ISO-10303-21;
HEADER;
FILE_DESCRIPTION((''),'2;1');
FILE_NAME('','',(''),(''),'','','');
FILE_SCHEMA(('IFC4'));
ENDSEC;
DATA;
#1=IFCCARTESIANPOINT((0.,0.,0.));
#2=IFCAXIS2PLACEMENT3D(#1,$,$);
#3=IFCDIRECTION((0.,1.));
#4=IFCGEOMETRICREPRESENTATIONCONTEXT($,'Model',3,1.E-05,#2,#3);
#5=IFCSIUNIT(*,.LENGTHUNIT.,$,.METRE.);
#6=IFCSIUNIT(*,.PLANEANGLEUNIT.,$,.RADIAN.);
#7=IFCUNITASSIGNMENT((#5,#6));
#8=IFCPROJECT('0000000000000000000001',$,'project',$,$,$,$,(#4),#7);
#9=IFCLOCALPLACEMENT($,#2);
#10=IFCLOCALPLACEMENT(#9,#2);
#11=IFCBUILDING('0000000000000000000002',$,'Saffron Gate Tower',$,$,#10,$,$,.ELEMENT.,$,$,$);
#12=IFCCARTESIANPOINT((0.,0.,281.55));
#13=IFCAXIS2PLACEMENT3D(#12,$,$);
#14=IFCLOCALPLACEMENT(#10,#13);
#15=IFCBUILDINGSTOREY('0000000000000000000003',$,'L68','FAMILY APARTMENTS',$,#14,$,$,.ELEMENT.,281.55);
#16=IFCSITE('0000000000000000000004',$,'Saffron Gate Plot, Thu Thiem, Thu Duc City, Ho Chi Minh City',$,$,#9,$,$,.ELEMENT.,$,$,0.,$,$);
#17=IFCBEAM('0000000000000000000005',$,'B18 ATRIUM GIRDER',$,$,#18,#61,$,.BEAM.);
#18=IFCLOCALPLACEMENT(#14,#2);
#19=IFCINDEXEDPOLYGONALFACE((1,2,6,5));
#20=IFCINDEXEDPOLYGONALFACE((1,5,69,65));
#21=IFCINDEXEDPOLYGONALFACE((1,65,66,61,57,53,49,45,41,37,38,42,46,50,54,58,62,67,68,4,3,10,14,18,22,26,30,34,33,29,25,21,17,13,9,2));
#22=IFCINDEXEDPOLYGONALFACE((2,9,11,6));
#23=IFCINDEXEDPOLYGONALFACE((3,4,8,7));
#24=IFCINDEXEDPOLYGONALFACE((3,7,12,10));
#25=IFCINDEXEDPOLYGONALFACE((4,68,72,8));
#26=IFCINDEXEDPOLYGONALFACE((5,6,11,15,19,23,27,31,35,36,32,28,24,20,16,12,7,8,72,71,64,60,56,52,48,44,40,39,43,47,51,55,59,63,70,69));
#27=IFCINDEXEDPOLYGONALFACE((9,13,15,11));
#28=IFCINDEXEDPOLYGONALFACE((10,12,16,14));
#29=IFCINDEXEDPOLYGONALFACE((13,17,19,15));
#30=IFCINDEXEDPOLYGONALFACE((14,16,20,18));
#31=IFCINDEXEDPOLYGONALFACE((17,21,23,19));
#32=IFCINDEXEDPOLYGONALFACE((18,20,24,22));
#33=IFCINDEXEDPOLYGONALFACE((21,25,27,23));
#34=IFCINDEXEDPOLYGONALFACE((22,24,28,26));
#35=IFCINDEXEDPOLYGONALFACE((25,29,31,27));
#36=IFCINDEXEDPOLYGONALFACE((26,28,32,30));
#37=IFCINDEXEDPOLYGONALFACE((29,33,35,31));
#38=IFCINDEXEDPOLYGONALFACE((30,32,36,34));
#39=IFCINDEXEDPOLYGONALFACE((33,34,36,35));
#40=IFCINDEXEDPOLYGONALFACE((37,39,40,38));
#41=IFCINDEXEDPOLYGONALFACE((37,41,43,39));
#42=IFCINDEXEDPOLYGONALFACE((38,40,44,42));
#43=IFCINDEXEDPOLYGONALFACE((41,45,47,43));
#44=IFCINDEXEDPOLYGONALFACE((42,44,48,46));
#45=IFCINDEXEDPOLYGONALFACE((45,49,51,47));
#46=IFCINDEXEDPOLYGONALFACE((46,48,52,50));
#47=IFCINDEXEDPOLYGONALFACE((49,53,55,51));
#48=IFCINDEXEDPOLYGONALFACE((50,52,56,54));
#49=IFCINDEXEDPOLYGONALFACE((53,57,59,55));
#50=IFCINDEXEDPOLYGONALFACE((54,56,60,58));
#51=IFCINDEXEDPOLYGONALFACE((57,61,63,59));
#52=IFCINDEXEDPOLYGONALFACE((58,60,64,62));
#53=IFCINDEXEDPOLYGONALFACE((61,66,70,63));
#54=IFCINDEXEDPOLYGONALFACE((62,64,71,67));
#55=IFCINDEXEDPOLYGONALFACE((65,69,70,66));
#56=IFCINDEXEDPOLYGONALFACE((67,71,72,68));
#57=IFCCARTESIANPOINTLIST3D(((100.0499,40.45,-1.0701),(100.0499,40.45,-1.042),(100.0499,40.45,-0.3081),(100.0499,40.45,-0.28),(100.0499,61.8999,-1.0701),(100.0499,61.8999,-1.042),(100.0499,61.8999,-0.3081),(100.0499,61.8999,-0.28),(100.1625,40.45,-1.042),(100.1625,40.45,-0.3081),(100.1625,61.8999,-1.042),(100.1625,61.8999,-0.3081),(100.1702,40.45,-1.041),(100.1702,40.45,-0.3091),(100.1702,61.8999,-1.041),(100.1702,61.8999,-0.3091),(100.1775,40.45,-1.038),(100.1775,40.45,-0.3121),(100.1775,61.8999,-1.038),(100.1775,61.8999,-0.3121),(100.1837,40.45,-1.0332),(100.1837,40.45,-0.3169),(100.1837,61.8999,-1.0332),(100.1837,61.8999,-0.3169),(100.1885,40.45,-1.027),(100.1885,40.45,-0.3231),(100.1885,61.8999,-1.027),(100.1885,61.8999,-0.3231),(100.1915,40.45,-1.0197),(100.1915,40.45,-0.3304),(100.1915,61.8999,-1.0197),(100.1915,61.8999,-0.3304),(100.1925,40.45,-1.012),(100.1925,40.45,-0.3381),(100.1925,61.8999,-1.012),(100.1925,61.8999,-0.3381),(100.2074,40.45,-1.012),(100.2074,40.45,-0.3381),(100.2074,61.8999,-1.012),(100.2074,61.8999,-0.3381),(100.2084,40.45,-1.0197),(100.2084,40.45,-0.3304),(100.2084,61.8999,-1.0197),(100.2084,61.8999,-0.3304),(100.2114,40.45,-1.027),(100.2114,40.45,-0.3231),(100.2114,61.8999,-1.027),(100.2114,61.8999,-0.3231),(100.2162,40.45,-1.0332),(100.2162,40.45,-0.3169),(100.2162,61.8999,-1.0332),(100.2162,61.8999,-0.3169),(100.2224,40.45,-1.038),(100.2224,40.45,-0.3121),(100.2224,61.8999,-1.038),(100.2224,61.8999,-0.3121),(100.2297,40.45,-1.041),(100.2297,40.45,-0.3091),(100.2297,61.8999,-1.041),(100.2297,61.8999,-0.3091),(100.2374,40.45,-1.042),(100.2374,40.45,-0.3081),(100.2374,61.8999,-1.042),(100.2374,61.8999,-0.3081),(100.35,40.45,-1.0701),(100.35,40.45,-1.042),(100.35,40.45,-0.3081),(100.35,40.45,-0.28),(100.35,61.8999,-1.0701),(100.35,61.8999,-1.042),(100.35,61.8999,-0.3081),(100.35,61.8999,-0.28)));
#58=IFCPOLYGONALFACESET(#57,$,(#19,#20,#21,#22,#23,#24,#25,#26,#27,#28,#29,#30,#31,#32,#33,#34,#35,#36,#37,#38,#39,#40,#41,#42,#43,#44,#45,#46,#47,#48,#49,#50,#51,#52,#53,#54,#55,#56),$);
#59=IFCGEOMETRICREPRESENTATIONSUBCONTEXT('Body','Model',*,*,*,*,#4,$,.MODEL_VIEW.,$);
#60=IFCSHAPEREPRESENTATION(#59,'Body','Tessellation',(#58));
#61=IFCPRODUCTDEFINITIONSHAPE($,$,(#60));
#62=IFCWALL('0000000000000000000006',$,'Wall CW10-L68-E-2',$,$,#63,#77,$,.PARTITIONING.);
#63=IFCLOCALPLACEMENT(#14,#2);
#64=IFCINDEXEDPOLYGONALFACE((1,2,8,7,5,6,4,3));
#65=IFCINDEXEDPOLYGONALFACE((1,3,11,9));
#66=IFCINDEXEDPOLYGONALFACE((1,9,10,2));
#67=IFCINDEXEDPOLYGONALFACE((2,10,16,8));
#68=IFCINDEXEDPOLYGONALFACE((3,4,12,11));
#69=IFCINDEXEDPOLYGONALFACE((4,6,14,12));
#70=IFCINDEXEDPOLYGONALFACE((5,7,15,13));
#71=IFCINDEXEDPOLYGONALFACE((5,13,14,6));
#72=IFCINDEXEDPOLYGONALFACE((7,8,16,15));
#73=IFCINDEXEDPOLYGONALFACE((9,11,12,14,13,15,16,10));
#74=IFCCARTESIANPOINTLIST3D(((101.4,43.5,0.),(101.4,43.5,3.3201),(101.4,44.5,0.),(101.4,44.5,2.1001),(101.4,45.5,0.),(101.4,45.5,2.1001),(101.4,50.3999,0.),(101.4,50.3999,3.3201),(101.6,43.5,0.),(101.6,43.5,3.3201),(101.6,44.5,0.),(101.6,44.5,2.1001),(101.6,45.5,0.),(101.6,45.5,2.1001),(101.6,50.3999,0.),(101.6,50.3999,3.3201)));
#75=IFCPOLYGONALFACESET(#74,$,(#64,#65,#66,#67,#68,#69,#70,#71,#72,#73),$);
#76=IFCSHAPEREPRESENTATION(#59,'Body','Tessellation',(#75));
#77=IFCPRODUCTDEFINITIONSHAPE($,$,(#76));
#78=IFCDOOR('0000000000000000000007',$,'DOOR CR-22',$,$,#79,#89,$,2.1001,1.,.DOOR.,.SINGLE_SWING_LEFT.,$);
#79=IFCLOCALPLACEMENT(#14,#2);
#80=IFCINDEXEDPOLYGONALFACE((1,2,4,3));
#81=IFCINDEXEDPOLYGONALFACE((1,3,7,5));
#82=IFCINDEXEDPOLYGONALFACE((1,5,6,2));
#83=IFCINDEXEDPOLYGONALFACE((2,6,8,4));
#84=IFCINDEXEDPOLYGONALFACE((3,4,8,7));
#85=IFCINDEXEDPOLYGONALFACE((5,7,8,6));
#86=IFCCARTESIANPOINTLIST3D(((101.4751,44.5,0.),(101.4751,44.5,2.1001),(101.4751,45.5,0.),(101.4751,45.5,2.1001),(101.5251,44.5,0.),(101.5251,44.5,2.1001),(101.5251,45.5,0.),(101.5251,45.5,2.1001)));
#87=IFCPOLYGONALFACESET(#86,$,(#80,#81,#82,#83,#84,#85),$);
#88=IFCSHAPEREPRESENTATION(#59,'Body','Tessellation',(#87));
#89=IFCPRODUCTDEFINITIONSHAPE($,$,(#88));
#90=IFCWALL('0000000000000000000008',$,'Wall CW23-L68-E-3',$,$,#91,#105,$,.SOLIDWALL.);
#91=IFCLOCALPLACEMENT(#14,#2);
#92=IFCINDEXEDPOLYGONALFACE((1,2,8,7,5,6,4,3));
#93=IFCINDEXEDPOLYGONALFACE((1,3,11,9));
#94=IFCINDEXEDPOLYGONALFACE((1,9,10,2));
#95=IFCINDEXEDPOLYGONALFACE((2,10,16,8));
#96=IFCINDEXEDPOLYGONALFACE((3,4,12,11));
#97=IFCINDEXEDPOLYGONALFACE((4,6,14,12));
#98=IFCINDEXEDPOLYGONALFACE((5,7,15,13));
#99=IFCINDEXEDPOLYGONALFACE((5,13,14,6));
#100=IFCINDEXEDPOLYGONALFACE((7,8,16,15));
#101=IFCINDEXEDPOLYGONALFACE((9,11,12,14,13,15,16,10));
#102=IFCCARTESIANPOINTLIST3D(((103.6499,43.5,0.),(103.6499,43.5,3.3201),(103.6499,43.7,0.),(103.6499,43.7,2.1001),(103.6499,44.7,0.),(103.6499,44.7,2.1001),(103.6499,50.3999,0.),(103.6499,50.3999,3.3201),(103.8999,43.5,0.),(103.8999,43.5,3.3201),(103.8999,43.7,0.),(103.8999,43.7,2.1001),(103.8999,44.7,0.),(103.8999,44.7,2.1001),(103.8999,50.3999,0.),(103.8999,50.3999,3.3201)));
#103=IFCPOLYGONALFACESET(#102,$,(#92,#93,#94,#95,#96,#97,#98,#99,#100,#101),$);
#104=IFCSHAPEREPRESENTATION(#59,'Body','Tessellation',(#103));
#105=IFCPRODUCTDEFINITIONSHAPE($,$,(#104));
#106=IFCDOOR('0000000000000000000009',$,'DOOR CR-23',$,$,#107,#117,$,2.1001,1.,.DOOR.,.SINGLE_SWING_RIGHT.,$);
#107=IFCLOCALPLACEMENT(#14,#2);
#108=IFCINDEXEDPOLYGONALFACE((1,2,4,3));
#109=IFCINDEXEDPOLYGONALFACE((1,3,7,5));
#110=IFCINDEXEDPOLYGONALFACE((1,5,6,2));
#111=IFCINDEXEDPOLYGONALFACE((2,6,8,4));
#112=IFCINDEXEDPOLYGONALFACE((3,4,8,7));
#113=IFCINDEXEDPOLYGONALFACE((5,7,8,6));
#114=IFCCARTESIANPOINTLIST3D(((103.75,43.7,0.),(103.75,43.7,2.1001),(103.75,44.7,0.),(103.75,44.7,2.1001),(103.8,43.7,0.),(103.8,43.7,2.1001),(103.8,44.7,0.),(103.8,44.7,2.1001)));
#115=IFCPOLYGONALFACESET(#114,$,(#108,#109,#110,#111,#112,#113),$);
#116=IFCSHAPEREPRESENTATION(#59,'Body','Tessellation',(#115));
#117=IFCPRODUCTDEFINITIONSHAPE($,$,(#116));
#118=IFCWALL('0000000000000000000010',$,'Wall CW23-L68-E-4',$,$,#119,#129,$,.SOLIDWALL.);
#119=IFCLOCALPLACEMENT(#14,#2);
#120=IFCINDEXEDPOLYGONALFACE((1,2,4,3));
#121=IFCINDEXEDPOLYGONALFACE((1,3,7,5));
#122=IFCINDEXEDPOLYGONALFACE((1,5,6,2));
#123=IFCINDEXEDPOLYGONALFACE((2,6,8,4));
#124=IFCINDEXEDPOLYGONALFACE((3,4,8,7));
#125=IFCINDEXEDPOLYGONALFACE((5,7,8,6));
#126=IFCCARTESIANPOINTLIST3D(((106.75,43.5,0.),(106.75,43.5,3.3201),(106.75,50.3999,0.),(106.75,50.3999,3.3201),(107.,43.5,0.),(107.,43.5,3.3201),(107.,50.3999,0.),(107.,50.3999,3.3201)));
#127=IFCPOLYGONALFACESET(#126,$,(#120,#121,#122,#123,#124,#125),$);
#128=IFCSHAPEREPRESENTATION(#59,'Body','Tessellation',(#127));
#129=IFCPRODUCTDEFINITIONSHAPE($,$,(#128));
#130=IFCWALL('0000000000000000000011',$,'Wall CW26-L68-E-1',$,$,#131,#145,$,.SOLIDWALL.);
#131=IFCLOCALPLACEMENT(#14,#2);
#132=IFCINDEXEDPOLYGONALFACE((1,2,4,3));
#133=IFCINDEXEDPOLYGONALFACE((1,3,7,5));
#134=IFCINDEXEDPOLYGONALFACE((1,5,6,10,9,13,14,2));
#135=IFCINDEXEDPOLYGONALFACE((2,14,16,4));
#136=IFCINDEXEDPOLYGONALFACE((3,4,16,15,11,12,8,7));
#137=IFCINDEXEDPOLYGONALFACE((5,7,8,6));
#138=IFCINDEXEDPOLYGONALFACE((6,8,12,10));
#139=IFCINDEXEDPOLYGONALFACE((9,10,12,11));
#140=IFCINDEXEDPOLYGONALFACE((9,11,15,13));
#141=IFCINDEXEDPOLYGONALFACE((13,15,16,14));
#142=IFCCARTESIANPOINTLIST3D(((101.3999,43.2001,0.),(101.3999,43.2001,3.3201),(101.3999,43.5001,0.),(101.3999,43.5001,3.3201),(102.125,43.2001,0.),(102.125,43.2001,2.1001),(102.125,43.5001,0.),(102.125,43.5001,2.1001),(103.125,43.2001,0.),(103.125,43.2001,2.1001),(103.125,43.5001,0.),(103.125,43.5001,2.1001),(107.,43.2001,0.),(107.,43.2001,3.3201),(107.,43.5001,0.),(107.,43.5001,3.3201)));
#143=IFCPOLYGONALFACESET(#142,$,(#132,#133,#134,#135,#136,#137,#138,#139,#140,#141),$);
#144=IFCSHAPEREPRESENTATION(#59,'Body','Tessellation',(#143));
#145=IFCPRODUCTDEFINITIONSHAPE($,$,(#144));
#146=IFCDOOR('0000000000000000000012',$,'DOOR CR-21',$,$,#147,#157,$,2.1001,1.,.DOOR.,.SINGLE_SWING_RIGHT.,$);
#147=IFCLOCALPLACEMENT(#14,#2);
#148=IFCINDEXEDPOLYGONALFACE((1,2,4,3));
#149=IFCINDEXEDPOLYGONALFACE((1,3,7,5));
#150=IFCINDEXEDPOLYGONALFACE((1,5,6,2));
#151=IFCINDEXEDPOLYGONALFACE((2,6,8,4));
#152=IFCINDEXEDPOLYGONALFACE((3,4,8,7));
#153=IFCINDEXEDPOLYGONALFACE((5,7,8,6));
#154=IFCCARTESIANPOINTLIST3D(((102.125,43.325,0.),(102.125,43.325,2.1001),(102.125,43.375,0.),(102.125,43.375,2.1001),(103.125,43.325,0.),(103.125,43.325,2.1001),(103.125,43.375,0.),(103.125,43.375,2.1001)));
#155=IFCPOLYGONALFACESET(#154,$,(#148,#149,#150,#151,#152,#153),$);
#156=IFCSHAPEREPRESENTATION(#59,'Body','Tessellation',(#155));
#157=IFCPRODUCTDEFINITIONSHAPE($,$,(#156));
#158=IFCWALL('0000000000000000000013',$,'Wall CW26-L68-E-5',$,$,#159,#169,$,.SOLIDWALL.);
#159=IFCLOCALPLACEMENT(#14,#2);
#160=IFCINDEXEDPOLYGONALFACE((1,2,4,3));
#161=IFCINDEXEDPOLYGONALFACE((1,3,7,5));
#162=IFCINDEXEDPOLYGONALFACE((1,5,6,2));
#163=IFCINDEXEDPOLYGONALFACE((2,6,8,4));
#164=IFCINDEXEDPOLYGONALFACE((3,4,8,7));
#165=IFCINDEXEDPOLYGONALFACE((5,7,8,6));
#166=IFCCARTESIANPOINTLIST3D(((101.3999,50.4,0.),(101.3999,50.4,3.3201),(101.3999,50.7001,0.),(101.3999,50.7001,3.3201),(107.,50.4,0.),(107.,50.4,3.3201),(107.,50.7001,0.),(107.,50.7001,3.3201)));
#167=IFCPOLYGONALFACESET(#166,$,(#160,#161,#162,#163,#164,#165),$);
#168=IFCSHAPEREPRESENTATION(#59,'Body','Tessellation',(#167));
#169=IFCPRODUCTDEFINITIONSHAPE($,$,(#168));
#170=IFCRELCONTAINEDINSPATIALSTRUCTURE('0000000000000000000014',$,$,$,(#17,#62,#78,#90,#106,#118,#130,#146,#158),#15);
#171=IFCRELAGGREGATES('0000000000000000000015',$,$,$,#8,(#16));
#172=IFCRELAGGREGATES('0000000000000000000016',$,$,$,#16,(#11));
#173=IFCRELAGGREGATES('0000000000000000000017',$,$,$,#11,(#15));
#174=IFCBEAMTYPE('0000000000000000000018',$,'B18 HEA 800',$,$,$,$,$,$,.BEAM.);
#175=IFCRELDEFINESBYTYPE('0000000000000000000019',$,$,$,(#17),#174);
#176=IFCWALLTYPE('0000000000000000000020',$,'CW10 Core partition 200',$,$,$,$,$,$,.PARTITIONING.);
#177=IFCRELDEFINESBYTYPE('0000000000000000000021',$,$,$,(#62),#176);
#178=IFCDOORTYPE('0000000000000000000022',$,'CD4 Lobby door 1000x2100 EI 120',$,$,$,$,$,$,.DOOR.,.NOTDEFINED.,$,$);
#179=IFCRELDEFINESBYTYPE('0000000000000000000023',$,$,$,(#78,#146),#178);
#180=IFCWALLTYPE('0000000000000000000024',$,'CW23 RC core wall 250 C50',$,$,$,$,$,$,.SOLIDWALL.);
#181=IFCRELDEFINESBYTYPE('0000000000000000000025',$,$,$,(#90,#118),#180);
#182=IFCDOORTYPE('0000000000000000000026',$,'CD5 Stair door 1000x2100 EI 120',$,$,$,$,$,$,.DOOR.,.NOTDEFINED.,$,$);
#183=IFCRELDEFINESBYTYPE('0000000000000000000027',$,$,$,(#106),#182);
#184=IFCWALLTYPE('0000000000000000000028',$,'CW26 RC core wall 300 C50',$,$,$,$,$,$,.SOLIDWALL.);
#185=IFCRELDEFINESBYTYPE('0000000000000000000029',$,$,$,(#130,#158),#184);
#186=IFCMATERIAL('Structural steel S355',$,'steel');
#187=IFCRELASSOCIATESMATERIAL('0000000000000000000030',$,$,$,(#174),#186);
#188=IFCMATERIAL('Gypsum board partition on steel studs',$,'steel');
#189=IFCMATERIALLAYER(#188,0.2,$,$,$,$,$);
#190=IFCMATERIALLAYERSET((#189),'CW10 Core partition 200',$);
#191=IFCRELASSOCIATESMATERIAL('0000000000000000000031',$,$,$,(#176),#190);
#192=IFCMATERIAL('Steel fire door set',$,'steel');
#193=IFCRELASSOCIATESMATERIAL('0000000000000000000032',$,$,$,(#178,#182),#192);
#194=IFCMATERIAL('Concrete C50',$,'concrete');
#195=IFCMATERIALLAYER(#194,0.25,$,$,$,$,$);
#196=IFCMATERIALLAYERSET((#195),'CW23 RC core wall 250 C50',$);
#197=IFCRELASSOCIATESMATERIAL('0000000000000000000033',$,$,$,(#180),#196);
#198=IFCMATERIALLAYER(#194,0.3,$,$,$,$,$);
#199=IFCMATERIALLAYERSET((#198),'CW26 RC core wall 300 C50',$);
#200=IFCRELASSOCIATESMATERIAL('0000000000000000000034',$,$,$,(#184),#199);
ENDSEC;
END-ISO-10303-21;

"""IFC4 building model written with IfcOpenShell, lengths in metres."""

from ifc_helpers import new_model, si_unit, direction, frame, frame_2d, origin, origin_2d, place, context, subcontext, project, spatial, rectangle, i_section, extrude, material, layer, layer_set, material_profile, profile_set, type_object, element, fill, save


model = new_model("IFC4")

# Units and contexts
model_context = context("Model", 3, precision=1e-05, world=origin(), true_north=direction((0.0, 1.0)))
body_context = subcontext(model_context, "Body", "Model", "MODEL_VIEW")
ifc_project = project(units=[si_unit("LENGTHUNIT", "METRE"), si_unit("PLANEANGLEUNIT", "RADIAN")], contexts=[model_context])

# Site, building, storey
site_placement = place(None, origin())
site = spatial("IfcSite", under=ifc_project, at=site_placement, Name="Saffron Gate Plot, Thu Thiem, Thu Duc City, Ho Chi Minh City", CompositionType="ELEMENT", RefElevation=0.0)
building_placement = place(site_placement, origin())
building = spatial("IfcBuilding", under=site, at=building_placement, Name="Saffron Gate Tower", CompositionType="ELEMENT")
storey_placement = place(building_placement, frame((0.0, 0.0, 281.55)))
storey = spatial("IfcBuildingStorey", under=building, at=storey_placement, Name="L68", Description="FAMILY APARTMENTS", CompositionType="ELEMENT", Elevation=281.55)

# Beam
ifc_material_1 = material(Name="Structural steel S355", Category="steel")
ifc_material_profile = material_profile(ifc_material_1, i_section(OverallWidth=0.3, OverallDepth=0.79, WebThickness=0.0149, FlangeThickness=0.0281, FilletRadius=0.03, at=origin_2d()))
ifc_profile_set = profile_set([ifc_material_profile], Name="Structural steel S355")
beam_type = type_object("IfcBeamType", Name="B18 HEA 800", PredefinedType="BEAM", material=ifc_profile_set)
beam_placement = place(storey_placement, frame((100.2, 40.45, -0.675), z_axis=(0.0, 1.0, 0.0), x_axis=(-1.0, 0.0, 0.0)))
element("IfcBeam", 1, at=beam_placement, inside=storey, type_object=beam_type, Name="B18 ATRIUM GIRDER", PredefinedType="BEAM", context=body_context, shape_type="SweptSolid", body=[
    extrude(i_section(OverallWidth=0.3, OverallDepth=0.79, WebThickness=0.0149, FlangeThickness=0.0281, FilletRadius=0.03, at=origin_2d()), origin(), (0.0, 0.0, 1.0), 21.45),
])

# Walls, openings, doors
ifc_material_2 = material(Name="Gypsum board partition on steel studs", Category="steel")
ifc_layer_1 = layer(ifc_material_2, 0.2)
ifc_layer_set_1 = layer_set([ifc_layer_1], Name="CW10 Core partition 200")
wall_type_1 = type_object("IfcWallType", Name="CW10 Core partition 200", PredefinedType="PARTITIONING", material=ifc_layer_set_1)
wall_1_placement = place(storey_placement, frame((101.5, 43.5, 0.0), z_axis=(0.0, 0.0, 1.0), x_axis=(0.0, 1.0, 0.0)))
wall_1 = element("IfcWall", 2, at=wall_1_placement, inside=storey, type_object=wall_type_1, Name="Wall CW10-L68-E-2", PredefinedType="PARTITIONING", context=body_context, shape_type="SweptSolid", body=[
    extrude(rectangle(XDim=6.8999, YDim=0.2, at=frame_2d((3.45, 0.0))), origin(), (0.0, 0.0, 1.0), 3.3201),
])
opening_1_placement = place(wall_1_placement, frame((1.0, 0.0, 0.0)))
opening_1 = element("IfcOpeningElement", 3, at=opening_1_placement, cuts=wall_1, PredefinedType="OPENING", context=body_context, shape_type="SweptSolid", body=[
    extrude(rectangle(XDim=1.0, YDim=2.1001, at=frame_2d((0.5, 1.05))), frame((0.0, 0.1099, 0.0), z_axis=(0.0, -1.0, 0.0), x_axis=(1.0, 0.0, 0.0)), (0.0, 0.0, 1.0), 0.22),
])
ifc_material_3 = material(Name="Steel fire door set", Category="steel")
door_type_1 = type_object("IfcDoorType", Name="CD4 Lobby door 1000x2100 EI 120", OperationType="NOTDEFINED", PredefinedType="DOOR", material=ifc_material_3)
door_1_placement = place(opening_1_placement, origin())
door_1 = element("IfcDoor", 4, at=door_1_placement, inside=storey, type_object=door_type_1, Name="DOOR CR-22", OperationType="SINGLE_SWING_LEFT", OverallHeight=2.1001, OverallWidth=1.0, PredefinedType="DOOR", context=body_context, shape_type="SweptSolid", body=[
    extrude(rectangle(XDim=1.0, YDim=2.1001, at=frame_2d((0.5, 1.05))), frame((0.0, 0.0249, 0.0), z_axis=(0.0, -1.0, 0.0), x_axis=(1.0, 0.0, 0.0)), (0.0, 0.0, 1.0), 0.05),
])
fill(opening_1, door_1)
ifc_material_4 = material(Name="Concrete C50", Category="concrete")
ifc_layer_2 = layer(ifc_material_4, 0.25)
ifc_layer_set_2 = layer_set([ifc_layer_2], Name="CW23 RC core wall 250 C50")
wall_type_2 = type_object("IfcWallType", Name="CW23 RC core wall 250 C50", PredefinedType="SOLIDWALL", material=ifc_layer_set_2)
wall_2_placement = place(storey_placement, frame((103.7749, 43.5, 0.0), z_axis=(0.0, 0.0, 1.0), x_axis=(0.0, 1.0, 0.0)))
wall_2 = element("IfcWall", 5, at=wall_2_placement, inside=storey, type_object=wall_type_2, Name="Wall CW23-L68-E-3", PredefinedType="SOLIDWALL", context=body_context, shape_type="SweptSolid", body=[
    extrude(rectangle(XDim=6.8999, YDim=0.25, at=frame_2d((3.45, 0.0))), origin(), (0.0, 0.0, 1.0), 3.3201),
])
opening_2_placement = place(wall_2_placement, frame((0.2, 0.0, 0.0)))
opening_2 = element("IfcOpeningElement", 6, at=opening_2_placement, cuts=wall_2, PredefinedType="OPENING", context=body_context, shape_type="SweptSolid", body=[
    extrude(rectangle(XDim=1.0, YDim=2.1001, at=frame_2d((0.5, 1.05))), frame((0.0, 0.135, 0.0), z_axis=(0.0, -1.0, 0.0), x_axis=(1.0, 0.0, 0.0)), (0.0, 0.0, 1.0), 0.27),
])
door_type_2 = type_object("IfcDoorType", Name="CD5 Stair door 1000x2100 EI 120", OperationType="NOTDEFINED", PredefinedType="DOOR", material=ifc_material_3)
door_2_placement = place(opening_2_placement, origin())
door_2 = element("IfcDoor", 7, at=door_2_placement, inside=storey, type_object=door_type_2, Name="DOOR CR-23", OperationType="SINGLE_SWING_RIGHT", OverallHeight=2.1001, OverallWidth=1.0, PredefinedType="DOOR", context=body_context, shape_type="SweptSolid", body=[
    extrude(rectangle(XDim=1.0, YDim=2.1001, at=frame_2d((0.5, 1.05))), frame((0.0, 0.0249, 0.0), z_axis=(0.0, -1.0, 0.0), x_axis=(1.0, 0.0, 0.0)), (0.0, 0.0, 1.0), 0.05),
])
fill(opening_2, door_2)

# Wall
wall_3_placement = place(storey_placement, frame((106.875, 43.5, 0.0), z_axis=(0.0, 0.0, 1.0), x_axis=(0.0, 1.0, 0.0)))
element("IfcWall", 8, at=wall_3_placement, inside=storey, type_object=wall_type_2, Name="Wall CW23-L68-E-4", PredefinedType="SOLIDWALL", context=body_context, shape_type="SweptSolid", body=[
    extrude(rectangle(XDim=6.8999, YDim=0.25, at=frame_2d((3.45, 0.0))), origin(), (0.0, 0.0, 1.0), 3.3201),
])

# Wall, opening, door
ifc_layer_3 = layer(ifc_material_4, 0.3)
ifc_layer_set_3 = layer_set([ifc_layer_3], Name="CW26 RC core wall 300 C50")
wall_type_3 = type_object("IfcWallType", Name="CW26 RC core wall 300 C50", PredefinedType="SOLIDWALL", material=ifc_layer_set_3)
wall_4_placement = place(storey_placement, frame((101.3999, 43.3501, 0.0), z_axis=(0.0, 0.0, 1.0), x_axis=(1.0, 0.0, 0.0)))
wall_4 = element("IfcWall", 9, at=wall_4_placement, inside=storey, type_object=wall_type_3, Name="Wall CW26-L68-E-1", PredefinedType="SOLIDWALL", context=body_context, shape_type="SweptSolid", body=[
    extrude(rectangle(XDim=5.6001, YDim=0.3, at=frame_2d((2.8, 0.0))), origin(), (0.0, 0.0, 1.0), 3.3201),
])
opening_3_placement = place(wall_4_placement, frame((0.7251, 0.0, 0.0)))
opening_3 = element("IfcOpeningElement", 10, at=opening_3_placement, cuts=wall_4, PredefinedType="OPENING", context=body_context, shape_type="SweptSolid", body=[
    extrude(rectangle(XDim=1.0, YDim=2.1001, at=frame_2d((0.5, 1.05))), frame((0.0, 0.1602, 0.0), z_axis=(0.0, -1.0, 0.0), x_axis=(1.0, 0.0, 0.0)), (0.0, 0.0, 1.0), 0.3201),
])
door_3_placement = place(opening_3_placement, origin())
door_3 = element("IfcDoor", 11, at=door_3_placement, inside=storey, type_object=door_type_1, Name="DOOR CR-21", OperationType="SINGLE_SWING_RIGHT", OverallHeight=2.1001, OverallWidth=1.0, PredefinedType="DOOR", context=body_context, shape_type="SweptSolid", body=[
    extrude(rectangle(XDim=1.0, YDim=2.1001, at=frame_2d((0.5, 1.05))), frame((0.0, 0.0249, 0.0), z_axis=(0.0, -1.0, 0.0), x_axis=(1.0, 0.0, 0.0)), (0.0, 0.0, 1.0), 0.05),
])
fill(opening_3, door_3)

# Wall
wall_5_placement = place(storey_placement, frame((101.3999, 50.55, 0.0), z_axis=(0.0, 0.0, 1.0), x_axis=(1.0, 0.0, 0.0)))
element("IfcWall", 12, at=wall_5_placement, inside=storey, type_object=wall_type_3, Name="Wall CW26-L68-E-5", PredefinedType="SOLIDWALL", context=body_context, shape_type="SweptSolid", body=[
    extrude(rectangle(XDim=5.6001, YDim=0.3, at=frame_2d((2.8, 0.0))), origin(), (0.0, 0.0, 1.0), 3.3201),
])

save(model, "model.ifc")
